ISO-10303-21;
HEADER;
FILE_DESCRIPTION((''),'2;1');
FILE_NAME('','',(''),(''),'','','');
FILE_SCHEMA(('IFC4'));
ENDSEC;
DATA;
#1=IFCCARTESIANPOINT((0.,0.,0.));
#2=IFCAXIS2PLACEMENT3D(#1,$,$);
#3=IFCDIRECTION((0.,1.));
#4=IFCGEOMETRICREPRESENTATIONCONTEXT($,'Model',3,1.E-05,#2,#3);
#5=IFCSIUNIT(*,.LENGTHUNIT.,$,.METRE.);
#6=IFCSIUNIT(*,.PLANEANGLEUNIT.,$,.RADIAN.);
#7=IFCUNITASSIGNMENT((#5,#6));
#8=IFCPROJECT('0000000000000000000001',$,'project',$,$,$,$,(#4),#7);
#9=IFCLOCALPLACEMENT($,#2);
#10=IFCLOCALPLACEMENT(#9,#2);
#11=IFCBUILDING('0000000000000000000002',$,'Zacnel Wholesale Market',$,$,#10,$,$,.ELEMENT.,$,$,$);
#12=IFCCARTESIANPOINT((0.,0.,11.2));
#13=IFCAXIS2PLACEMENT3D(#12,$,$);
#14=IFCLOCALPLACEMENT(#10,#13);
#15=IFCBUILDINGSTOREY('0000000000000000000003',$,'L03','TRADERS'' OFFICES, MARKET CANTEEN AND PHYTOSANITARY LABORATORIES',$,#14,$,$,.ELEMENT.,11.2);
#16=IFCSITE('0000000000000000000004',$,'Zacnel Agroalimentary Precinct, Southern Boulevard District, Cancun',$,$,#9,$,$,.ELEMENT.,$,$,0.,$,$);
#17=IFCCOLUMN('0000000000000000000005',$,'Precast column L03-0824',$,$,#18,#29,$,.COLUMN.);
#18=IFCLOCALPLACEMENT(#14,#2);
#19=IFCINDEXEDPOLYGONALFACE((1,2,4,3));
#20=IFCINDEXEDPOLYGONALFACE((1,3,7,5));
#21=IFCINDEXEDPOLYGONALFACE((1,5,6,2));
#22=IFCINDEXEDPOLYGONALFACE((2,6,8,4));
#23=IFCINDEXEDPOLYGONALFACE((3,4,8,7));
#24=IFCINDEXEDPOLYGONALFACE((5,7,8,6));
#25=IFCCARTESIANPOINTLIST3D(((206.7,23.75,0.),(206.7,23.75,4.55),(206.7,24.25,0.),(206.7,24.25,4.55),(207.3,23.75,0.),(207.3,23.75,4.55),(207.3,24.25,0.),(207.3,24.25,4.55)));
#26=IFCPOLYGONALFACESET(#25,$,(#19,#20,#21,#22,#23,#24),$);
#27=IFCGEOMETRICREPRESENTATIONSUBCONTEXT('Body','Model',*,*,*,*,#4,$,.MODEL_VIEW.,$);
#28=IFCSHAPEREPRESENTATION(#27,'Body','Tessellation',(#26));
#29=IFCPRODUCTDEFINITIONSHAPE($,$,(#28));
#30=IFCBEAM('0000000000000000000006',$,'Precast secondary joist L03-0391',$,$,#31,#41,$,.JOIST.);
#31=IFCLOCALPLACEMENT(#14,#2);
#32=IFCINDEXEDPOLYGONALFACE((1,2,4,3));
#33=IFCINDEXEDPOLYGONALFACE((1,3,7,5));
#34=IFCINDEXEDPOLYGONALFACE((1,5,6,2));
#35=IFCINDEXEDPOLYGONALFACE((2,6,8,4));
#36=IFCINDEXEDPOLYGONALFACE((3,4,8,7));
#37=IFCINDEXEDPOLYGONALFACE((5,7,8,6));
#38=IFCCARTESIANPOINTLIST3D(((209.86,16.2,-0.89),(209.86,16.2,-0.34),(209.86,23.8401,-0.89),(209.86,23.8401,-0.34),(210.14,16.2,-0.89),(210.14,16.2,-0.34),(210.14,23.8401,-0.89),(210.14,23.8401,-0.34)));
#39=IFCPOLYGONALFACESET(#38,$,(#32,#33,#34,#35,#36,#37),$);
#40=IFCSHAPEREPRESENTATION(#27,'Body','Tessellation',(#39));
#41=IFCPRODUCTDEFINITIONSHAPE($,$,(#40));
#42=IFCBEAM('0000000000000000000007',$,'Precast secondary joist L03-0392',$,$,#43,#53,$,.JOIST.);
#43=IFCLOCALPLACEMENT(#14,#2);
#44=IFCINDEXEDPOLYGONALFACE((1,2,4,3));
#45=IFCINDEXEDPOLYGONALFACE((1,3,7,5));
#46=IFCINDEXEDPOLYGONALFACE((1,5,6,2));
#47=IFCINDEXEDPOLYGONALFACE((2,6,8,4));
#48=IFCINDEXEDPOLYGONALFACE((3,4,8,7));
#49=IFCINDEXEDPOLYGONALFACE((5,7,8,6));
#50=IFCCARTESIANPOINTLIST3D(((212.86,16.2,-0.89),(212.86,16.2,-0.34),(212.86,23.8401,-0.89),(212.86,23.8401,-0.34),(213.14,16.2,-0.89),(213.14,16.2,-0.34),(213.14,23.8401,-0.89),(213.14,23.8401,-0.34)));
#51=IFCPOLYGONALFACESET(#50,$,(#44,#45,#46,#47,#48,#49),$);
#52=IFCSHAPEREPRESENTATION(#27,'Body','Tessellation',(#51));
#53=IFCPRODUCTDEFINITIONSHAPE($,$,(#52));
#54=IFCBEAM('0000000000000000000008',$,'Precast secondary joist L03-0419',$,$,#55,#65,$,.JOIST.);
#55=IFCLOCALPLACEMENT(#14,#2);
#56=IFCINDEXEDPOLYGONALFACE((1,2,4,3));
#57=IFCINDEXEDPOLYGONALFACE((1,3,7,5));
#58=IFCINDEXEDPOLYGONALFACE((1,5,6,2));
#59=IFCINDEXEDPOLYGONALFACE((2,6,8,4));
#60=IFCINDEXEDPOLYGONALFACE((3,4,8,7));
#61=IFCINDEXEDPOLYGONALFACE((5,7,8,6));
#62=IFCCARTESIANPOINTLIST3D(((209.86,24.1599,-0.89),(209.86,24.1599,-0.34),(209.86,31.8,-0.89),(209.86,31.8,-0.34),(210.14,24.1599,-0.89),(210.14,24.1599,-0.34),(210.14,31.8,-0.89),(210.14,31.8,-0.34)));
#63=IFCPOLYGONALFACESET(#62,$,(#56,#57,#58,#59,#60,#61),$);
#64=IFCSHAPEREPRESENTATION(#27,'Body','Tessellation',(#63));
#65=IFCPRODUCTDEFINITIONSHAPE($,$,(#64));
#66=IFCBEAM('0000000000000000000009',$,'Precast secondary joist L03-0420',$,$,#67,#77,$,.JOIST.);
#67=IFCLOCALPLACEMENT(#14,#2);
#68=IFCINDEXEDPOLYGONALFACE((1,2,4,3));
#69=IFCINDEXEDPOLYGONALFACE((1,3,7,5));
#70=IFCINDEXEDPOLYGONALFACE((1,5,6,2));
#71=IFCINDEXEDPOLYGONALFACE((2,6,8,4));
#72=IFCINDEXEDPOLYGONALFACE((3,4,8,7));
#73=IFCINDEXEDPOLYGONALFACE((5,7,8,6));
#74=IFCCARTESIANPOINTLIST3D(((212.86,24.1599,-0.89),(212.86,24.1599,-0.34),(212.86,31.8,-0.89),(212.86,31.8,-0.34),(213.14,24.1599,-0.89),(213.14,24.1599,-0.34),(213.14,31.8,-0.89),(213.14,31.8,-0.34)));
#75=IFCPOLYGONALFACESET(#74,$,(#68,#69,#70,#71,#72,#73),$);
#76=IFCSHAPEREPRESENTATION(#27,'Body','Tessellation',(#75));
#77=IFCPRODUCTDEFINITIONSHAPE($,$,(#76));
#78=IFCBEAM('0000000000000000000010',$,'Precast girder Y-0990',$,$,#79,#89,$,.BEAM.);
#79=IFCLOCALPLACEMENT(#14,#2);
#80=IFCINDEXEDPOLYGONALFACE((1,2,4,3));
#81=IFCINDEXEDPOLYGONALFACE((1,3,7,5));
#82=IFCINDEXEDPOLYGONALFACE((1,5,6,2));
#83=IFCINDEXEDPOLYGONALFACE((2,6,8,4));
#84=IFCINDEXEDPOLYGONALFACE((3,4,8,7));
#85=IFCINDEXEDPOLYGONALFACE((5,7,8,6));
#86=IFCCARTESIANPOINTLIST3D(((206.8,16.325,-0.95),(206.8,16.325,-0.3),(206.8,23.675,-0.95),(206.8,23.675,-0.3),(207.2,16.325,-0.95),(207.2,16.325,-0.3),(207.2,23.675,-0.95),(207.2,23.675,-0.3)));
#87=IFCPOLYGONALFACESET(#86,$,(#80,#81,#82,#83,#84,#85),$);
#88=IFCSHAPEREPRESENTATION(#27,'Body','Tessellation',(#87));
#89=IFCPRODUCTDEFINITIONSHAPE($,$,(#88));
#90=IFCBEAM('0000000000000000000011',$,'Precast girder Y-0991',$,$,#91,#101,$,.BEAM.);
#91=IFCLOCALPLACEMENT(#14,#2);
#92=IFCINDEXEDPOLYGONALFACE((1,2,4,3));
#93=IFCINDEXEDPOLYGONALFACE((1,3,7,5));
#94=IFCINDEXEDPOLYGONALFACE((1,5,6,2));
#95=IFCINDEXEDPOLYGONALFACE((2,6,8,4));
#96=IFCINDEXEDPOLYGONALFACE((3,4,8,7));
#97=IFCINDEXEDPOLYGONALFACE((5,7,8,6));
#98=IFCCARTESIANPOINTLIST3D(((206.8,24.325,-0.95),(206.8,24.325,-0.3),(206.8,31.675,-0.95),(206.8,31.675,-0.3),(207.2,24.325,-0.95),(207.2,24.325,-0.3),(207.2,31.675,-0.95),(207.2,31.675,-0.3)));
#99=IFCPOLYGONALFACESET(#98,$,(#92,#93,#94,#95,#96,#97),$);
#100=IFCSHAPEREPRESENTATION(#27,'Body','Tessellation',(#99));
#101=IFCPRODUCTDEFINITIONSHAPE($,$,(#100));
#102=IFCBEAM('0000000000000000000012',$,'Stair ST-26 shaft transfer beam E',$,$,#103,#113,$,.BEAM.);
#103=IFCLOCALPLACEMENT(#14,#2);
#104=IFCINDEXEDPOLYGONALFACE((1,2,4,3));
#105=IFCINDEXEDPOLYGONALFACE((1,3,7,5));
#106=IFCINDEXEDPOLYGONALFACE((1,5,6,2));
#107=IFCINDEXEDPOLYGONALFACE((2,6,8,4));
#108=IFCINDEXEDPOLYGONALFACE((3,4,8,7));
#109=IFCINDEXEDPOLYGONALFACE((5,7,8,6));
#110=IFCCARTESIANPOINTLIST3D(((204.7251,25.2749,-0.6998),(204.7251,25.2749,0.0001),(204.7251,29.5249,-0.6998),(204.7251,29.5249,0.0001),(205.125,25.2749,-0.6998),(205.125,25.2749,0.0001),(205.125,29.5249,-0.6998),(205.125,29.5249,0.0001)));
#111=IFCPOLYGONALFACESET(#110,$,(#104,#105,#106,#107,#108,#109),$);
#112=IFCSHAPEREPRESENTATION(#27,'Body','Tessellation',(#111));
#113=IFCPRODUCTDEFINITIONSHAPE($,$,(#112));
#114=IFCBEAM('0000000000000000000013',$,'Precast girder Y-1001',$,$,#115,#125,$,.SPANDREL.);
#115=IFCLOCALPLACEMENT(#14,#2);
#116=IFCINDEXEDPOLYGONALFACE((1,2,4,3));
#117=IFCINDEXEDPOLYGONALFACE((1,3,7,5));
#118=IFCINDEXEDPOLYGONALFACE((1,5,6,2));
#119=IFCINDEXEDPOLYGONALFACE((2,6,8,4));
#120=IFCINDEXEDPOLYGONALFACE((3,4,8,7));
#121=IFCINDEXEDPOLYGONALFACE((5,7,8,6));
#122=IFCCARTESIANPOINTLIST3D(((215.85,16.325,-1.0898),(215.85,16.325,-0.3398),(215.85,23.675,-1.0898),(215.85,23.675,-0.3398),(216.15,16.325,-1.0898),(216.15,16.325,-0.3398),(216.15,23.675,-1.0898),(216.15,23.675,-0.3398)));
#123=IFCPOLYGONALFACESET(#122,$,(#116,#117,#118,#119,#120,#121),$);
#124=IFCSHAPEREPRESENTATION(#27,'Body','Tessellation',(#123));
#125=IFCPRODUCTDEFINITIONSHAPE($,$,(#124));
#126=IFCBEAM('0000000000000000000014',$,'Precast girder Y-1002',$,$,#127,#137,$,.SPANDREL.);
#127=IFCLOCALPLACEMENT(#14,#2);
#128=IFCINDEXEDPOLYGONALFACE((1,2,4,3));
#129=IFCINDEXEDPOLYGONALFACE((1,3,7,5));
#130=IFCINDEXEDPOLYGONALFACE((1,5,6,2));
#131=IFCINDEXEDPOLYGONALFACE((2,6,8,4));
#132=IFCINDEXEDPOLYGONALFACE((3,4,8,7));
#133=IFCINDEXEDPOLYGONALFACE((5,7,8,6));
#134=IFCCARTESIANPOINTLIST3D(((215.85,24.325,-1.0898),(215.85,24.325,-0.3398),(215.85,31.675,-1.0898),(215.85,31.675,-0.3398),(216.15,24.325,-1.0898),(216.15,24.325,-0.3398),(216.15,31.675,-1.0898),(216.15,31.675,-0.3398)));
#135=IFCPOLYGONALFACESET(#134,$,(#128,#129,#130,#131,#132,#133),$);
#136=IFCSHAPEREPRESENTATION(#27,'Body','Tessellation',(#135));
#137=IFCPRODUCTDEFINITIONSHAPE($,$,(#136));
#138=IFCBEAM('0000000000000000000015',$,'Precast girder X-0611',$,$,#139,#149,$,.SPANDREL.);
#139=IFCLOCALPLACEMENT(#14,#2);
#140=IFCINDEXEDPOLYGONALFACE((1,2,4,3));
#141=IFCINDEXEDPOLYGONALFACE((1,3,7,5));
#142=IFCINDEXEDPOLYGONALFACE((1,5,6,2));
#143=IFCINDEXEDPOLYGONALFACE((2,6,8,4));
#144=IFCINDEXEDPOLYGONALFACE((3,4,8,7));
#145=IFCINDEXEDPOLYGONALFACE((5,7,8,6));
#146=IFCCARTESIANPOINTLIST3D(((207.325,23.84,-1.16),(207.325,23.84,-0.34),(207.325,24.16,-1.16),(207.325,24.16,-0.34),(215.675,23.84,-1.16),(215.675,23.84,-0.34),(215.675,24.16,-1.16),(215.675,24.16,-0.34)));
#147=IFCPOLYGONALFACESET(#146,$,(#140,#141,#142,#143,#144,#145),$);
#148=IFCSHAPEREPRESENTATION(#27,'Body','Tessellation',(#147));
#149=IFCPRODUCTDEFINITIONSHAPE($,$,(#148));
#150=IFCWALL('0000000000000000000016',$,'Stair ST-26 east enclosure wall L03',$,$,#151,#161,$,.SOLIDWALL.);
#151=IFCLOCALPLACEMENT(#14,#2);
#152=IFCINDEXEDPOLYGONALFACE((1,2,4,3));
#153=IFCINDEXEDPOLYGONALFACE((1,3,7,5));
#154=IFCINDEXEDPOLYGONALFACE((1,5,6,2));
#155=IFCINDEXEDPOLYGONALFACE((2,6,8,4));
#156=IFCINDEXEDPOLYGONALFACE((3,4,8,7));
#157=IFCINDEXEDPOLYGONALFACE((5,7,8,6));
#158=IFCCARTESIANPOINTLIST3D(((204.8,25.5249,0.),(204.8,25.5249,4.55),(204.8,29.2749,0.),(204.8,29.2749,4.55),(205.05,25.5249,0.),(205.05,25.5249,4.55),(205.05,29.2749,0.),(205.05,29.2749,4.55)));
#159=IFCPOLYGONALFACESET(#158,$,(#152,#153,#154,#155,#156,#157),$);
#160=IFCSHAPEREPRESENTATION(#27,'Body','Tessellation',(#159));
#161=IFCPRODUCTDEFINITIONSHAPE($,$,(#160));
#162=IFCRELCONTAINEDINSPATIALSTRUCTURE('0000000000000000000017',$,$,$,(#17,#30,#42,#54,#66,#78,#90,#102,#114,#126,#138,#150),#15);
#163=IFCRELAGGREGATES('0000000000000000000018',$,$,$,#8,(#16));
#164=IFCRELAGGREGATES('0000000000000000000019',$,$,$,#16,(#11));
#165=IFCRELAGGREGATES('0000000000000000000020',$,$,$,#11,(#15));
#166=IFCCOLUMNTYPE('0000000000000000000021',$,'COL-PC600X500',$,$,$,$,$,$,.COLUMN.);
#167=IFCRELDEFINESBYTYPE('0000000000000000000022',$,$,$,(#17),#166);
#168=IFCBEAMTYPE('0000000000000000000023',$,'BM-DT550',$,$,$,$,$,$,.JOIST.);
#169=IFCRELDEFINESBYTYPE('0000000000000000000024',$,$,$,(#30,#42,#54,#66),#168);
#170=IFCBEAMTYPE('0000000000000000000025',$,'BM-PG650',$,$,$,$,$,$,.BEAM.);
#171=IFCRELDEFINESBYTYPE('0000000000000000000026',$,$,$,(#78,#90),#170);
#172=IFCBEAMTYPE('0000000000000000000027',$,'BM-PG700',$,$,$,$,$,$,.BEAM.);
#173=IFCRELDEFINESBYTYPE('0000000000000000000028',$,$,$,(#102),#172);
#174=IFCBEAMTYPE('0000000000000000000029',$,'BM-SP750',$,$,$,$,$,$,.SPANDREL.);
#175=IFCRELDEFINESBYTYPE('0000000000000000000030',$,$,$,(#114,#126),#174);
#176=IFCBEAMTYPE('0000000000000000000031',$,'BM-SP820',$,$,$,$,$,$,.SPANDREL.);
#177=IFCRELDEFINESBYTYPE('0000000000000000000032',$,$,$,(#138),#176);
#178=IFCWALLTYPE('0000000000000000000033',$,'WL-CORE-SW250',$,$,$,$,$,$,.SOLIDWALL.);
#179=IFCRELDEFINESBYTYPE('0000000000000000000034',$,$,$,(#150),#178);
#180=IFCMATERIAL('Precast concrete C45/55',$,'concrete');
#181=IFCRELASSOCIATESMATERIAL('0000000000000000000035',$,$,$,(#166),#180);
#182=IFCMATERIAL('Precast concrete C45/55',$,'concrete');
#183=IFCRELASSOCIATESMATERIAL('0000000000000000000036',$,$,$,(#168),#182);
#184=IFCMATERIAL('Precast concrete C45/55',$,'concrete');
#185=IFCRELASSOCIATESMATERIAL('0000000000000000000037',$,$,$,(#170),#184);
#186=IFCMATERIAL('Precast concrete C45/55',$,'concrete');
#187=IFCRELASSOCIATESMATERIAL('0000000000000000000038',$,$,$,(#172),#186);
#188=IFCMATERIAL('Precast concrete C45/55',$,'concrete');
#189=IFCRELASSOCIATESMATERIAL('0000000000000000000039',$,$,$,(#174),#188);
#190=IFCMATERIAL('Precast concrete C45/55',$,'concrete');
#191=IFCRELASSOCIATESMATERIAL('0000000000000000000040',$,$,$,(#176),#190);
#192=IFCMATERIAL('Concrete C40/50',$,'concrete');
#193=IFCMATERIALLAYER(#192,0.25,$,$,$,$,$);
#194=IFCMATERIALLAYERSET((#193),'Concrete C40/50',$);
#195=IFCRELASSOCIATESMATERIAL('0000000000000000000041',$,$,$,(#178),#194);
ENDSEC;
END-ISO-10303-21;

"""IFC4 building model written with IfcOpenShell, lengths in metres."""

from ifc_helpers import new_model, si_unit, direction, frame, frame_2d, origin, origin_2d, place, context, subcontext, project, spatial, rectangle, extrude, material, layer, layer_set, material_profile, profile_set, type_object, element, save


model = new_model("IFC4")

# Units and contexts
model_context = context("Model", 3, precision=1e-05, world=origin(), true_north=direction((0.0, 1.0)))
body_context = subcontext(model_context, "Body", "Model", "MODEL_VIEW")
ifc_project = project(units=[si_unit("LENGTHUNIT", "METRE"), si_unit("PLANEANGLEUNIT", "RADIAN")], contexts=[model_context])

# Site, building, storey
site_placement = place(None, origin())
site = spatial("IfcSite", under=ifc_project, at=site_placement, Name="Zacnel Agroalimentary Precinct, Southern Boulevard District, Cancun", CompositionType="ELEMENT", RefElevation=0.0)
building_placement = place(site_placement, origin())
building = spatial("IfcBuilding", under=site, at=building_placement, Name="Zacnel Wholesale Market", CompositionType="ELEMENT")
storey_placement = place(building_placement, frame((0.0, 0.0, 11.2)))
storey = spatial("IfcBuildingStorey", under=building, at=storey_placement, Name="L03", Description="TRADERS' OFFICES, MARKET CANTEEN AND PHYTOSANITARY LABORATORIES", CompositionType="ELEMENT", Elevation=11.2)

# Column
ifc_material_1 = material(Name="Precast concrete C45/55", Category="concrete")
ifc_material_profile_1 = material_profile(ifc_material_1, rectangle(XDim=0.6001, YDim=0.5, at=origin_2d()), Name="PC 600x500")
ifc_profile_set_1 = profile_set([ifc_material_profile_1], Name="Precast concrete C45/55")
column_type = type_object("IfcColumnType", Name="COL-PC600X500", PredefinedType="COLUMN", material=ifc_profile_set_1)
column_placement = place(storey_placement, frame((207.0, 24.0, 0.0), z_axis=(0.0, 0.0, 1.0), x_axis=(1.0, 0.0, 0.0)))
element("IfcColumn", 1, at=column_placement, inside=storey, type_object=column_type, Name="Precast column L03-0824", PredefinedType="COLUMN", context=body_context, shape_type="SweptSolid", body=[
    extrude(rectangle(XDim=0.6001, YDim=0.5, at=origin_2d()), origin(), (0.0, 0.0, 1.0), 4.55),
])

# Beams
ifc_material_2 = material(Name="Precast concrete C45/55", Category="concrete")
ifc_material_profile_2 = material_profile(ifc_material_2, rectangle(XDim=0.28, YDim=0.55, at=origin_2d()), Name="DT RIB 280x550")
ifc_profile_set_2 = profile_set([ifc_material_profile_2], Name="Precast concrete C45/55")
beam_type_1 = type_object("IfcBeamType", Name="BM-DT550", PredefinedType="JOIST", material=ifc_profile_set_2)
for number, where, z_axis, x_axis, name in (
    (2, (210.0, 16.2, -0.615), (0.0, 1.0, 0.0), (-1.0, 0.0, 0.0), "Precast secondary joist L03-0391"),
    (3, (213.0, 16.2, -0.615), (0.0, 1.0, 0.0), (-1.0, 0.0, 0.0), "Precast secondary joist L03-0392"),
    (4, (210.0, 24.1599, -0.615), (0.0, 1.0, 0.0), (-1.0, 0.0, 0.0), "Precast secondary joist L03-0419"),
    (5, (213.0, 24.1599, -0.615), (0.0, 1.0, 0.0), (-1.0, 0.0, 0.0), "Precast secondary joist L03-0420"),
):
    element("IfcBeam", number, at=place(storey_placement, frame(where, z_axis=z_axis, x_axis=x_axis)), inside=storey, type_object=beam_type_1, Name=name, PredefinedType="JOIST", context=body_context, shape_type="SweptSolid", body=[
        extrude(rectangle(XDim=0.28, YDim=0.55, at=origin_2d()), origin(), (0.0, 0.0, 1.0), 7.6401),
    ])
ifc_material_3 = material(Name="Precast concrete C45/55", Category="concrete")
ifc_material_profile_3 = material_profile(ifc_material_3, rectangle(XDim=0.3999, YDim=0.6499, at=origin_2d()), Name="PG 400x650")
ifc_profile_set_3 = profile_set([ifc_material_profile_3], Name="Precast concrete C45/55")
beam_type_2 = type_object("IfcBeamType", Name="BM-PG650", PredefinedType="BEAM", material=ifc_profile_set_3)
for number, where, z_axis, x_axis, name in (
    (6, (207.0, 16.325, -0.625), (0.0, 1.0, 0.0), (-1.0, 0.0, 0.0), "Precast girder Y-0990"),
    (7, (207.0, 24.325, -0.625), (0.0, 1.0, 0.0), (-1.0, 0.0, 0.0), "Precast girder Y-0991"),
):
    element("IfcBeam", number, at=place(storey_placement, frame(where, z_axis=z_axis, x_axis=x_axis)), inside=storey, type_object=beam_type_2, Name=name, PredefinedType="BEAM", context=body_context, shape_type="SweptSolid", body=[
        extrude(rectangle(XDim=0.3999, YDim=0.6499, at=origin_2d()), origin(), (0.0, 0.0, 1.0), 7.3501),
    ])
ifc_material_4 = material(Name="Precast concrete C45/55", Category="concrete")
ifc_material_profile_4 = material_profile(ifc_material_4, rectangle(XDim=0.3999, YDim=0.7, at=origin_2d()), Name="PG 400x700")
ifc_profile_set_4 = profile_set([ifc_material_profile_4], Name="Precast concrete C45/55")
beam_type_3 = type_object("IfcBeamType", Name="BM-PG700", PredefinedType="BEAM", material=ifc_profile_set_4)
beam_1_placement = place(storey_placement, frame((204.925, 25.2749, -0.3499), z_axis=(0.0, 1.0, 0.0), x_axis=(-1.0, 0.0, 0.0)))
element("IfcBeam", 8, at=beam_1_placement, inside=storey, type_object=beam_type_3, Name="Stair ST-26 shaft transfer beam E", PredefinedType="BEAM", context=body_context, shape_type="SweptSolid", body=[
    extrude(rectangle(XDim=0.3999, YDim=0.7, at=origin_2d()), origin(), (0.0, 0.0, 1.0), 4.25),
])
ifc_material_5 = material(Name="Precast concrete C45/55", Category="concrete")
ifc_material_profile_5 = material_profile(ifc_material_5, rectangle(XDim=0.3, YDim=0.75, at=origin_2d()), Name="SP 300x750")
ifc_profile_set_5 = profile_set([ifc_material_profile_5], Name="Precast concrete C45/55")
beam_type_4 = type_object("IfcBeamType", Name="BM-SP750", PredefinedType="SPANDREL", material=ifc_profile_set_5)
for number, where, z_axis, x_axis, name in (
    (9, (216.0, 16.325, -0.7148), (0.0, 1.0, 0.0), (-1.0, 0.0, 0.0), "Precast girder Y-1001"),
    (10, (216.0, 24.325, -0.7148), (0.0, 1.0, 0.0), (-1.0, 0.0, 0.0), "Precast girder Y-1002"),
):
    element("IfcBeam", number, at=place(storey_placement, frame(where, z_axis=z_axis, x_axis=x_axis)), inside=storey, type_object=beam_type_4, Name=name, PredefinedType="SPANDREL", context=body_context, shape_type="SweptSolid", body=[
        extrude(rectangle(XDim=0.3, YDim=0.75, at=origin_2d()), origin(), (0.0, 0.0, 1.0), 7.3501),
    ])
ifc_material_6 = material(Name="Precast concrete C45/55", Category="concrete")
ifc_material_profile_6 = material_profile(ifc_material_6, rectangle(XDim=0.3201, YDim=0.8201, at=origin_2d()), Name="SP 320x820")
ifc_profile_set_6 = profile_set([ifc_material_profile_6], Name="Precast concrete C45/55")
beam_type_5 = type_object("IfcBeamType", Name="BM-SP820", PredefinedType="SPANDREL", material=ifc_profile_set_6)
beam_2_placement = place(storey_placement, frame((207.325, 24.0, -0.75), z_axis=(1.0, 0.0, 0.0), x_axis=(0.0, 1.0, 0.0)))
element("IfcBeam", 11, at=beam_2_placement, inside=storey, type_object=beam_type_5, Name="Precast girder X-0611", PredefinedType="SPANDREL", context=body_context, shape_type="SweptSolid", body=[
    extrude(rectangle(XDim=0.3201, YDim=0.8201, at=origin_2d()), origin(), (0.0, 0.0, 1.0), 8.3501),
])

# Wall
ifc_material_7 = material(Name="Concrete C40/50", Category="concrete")
ifc_layer_1 = layer(ifc_material_7, 0.25)
ifc_layer_set_1 = layer_set([ifc_layer_1], Name="Concrete C40/50")
wall_type_1 = type_object("IfcWallType", Name="WL-CORE-SW250", PredefinedType="SOLIDWALL", material=ifc_layer_set_1)
wall_1_placement = place(storey_placement, frame((204.925, 25.5249, 0.0), z_axis=(0.0, 0.0, 1.0), x_axis=(0.0, 1.0, 0.0)))
element("IfcWall", 12, at=wall_1_placement, inside=storey, type_object=wall_type_1, Name="Stair ST-26 east enclosure wall L03", PredefinedType="SOLIDWALL", context=body_context, shape_type="SweptSolid", body=[
    extrude(rectangle(XDim=3.75, YDim=0.25, at=frame_2d((1.875, 0.0))), origin(), (0.0, 0.0, 1.0), 4.55),
])

save(model, "model.ifc")
